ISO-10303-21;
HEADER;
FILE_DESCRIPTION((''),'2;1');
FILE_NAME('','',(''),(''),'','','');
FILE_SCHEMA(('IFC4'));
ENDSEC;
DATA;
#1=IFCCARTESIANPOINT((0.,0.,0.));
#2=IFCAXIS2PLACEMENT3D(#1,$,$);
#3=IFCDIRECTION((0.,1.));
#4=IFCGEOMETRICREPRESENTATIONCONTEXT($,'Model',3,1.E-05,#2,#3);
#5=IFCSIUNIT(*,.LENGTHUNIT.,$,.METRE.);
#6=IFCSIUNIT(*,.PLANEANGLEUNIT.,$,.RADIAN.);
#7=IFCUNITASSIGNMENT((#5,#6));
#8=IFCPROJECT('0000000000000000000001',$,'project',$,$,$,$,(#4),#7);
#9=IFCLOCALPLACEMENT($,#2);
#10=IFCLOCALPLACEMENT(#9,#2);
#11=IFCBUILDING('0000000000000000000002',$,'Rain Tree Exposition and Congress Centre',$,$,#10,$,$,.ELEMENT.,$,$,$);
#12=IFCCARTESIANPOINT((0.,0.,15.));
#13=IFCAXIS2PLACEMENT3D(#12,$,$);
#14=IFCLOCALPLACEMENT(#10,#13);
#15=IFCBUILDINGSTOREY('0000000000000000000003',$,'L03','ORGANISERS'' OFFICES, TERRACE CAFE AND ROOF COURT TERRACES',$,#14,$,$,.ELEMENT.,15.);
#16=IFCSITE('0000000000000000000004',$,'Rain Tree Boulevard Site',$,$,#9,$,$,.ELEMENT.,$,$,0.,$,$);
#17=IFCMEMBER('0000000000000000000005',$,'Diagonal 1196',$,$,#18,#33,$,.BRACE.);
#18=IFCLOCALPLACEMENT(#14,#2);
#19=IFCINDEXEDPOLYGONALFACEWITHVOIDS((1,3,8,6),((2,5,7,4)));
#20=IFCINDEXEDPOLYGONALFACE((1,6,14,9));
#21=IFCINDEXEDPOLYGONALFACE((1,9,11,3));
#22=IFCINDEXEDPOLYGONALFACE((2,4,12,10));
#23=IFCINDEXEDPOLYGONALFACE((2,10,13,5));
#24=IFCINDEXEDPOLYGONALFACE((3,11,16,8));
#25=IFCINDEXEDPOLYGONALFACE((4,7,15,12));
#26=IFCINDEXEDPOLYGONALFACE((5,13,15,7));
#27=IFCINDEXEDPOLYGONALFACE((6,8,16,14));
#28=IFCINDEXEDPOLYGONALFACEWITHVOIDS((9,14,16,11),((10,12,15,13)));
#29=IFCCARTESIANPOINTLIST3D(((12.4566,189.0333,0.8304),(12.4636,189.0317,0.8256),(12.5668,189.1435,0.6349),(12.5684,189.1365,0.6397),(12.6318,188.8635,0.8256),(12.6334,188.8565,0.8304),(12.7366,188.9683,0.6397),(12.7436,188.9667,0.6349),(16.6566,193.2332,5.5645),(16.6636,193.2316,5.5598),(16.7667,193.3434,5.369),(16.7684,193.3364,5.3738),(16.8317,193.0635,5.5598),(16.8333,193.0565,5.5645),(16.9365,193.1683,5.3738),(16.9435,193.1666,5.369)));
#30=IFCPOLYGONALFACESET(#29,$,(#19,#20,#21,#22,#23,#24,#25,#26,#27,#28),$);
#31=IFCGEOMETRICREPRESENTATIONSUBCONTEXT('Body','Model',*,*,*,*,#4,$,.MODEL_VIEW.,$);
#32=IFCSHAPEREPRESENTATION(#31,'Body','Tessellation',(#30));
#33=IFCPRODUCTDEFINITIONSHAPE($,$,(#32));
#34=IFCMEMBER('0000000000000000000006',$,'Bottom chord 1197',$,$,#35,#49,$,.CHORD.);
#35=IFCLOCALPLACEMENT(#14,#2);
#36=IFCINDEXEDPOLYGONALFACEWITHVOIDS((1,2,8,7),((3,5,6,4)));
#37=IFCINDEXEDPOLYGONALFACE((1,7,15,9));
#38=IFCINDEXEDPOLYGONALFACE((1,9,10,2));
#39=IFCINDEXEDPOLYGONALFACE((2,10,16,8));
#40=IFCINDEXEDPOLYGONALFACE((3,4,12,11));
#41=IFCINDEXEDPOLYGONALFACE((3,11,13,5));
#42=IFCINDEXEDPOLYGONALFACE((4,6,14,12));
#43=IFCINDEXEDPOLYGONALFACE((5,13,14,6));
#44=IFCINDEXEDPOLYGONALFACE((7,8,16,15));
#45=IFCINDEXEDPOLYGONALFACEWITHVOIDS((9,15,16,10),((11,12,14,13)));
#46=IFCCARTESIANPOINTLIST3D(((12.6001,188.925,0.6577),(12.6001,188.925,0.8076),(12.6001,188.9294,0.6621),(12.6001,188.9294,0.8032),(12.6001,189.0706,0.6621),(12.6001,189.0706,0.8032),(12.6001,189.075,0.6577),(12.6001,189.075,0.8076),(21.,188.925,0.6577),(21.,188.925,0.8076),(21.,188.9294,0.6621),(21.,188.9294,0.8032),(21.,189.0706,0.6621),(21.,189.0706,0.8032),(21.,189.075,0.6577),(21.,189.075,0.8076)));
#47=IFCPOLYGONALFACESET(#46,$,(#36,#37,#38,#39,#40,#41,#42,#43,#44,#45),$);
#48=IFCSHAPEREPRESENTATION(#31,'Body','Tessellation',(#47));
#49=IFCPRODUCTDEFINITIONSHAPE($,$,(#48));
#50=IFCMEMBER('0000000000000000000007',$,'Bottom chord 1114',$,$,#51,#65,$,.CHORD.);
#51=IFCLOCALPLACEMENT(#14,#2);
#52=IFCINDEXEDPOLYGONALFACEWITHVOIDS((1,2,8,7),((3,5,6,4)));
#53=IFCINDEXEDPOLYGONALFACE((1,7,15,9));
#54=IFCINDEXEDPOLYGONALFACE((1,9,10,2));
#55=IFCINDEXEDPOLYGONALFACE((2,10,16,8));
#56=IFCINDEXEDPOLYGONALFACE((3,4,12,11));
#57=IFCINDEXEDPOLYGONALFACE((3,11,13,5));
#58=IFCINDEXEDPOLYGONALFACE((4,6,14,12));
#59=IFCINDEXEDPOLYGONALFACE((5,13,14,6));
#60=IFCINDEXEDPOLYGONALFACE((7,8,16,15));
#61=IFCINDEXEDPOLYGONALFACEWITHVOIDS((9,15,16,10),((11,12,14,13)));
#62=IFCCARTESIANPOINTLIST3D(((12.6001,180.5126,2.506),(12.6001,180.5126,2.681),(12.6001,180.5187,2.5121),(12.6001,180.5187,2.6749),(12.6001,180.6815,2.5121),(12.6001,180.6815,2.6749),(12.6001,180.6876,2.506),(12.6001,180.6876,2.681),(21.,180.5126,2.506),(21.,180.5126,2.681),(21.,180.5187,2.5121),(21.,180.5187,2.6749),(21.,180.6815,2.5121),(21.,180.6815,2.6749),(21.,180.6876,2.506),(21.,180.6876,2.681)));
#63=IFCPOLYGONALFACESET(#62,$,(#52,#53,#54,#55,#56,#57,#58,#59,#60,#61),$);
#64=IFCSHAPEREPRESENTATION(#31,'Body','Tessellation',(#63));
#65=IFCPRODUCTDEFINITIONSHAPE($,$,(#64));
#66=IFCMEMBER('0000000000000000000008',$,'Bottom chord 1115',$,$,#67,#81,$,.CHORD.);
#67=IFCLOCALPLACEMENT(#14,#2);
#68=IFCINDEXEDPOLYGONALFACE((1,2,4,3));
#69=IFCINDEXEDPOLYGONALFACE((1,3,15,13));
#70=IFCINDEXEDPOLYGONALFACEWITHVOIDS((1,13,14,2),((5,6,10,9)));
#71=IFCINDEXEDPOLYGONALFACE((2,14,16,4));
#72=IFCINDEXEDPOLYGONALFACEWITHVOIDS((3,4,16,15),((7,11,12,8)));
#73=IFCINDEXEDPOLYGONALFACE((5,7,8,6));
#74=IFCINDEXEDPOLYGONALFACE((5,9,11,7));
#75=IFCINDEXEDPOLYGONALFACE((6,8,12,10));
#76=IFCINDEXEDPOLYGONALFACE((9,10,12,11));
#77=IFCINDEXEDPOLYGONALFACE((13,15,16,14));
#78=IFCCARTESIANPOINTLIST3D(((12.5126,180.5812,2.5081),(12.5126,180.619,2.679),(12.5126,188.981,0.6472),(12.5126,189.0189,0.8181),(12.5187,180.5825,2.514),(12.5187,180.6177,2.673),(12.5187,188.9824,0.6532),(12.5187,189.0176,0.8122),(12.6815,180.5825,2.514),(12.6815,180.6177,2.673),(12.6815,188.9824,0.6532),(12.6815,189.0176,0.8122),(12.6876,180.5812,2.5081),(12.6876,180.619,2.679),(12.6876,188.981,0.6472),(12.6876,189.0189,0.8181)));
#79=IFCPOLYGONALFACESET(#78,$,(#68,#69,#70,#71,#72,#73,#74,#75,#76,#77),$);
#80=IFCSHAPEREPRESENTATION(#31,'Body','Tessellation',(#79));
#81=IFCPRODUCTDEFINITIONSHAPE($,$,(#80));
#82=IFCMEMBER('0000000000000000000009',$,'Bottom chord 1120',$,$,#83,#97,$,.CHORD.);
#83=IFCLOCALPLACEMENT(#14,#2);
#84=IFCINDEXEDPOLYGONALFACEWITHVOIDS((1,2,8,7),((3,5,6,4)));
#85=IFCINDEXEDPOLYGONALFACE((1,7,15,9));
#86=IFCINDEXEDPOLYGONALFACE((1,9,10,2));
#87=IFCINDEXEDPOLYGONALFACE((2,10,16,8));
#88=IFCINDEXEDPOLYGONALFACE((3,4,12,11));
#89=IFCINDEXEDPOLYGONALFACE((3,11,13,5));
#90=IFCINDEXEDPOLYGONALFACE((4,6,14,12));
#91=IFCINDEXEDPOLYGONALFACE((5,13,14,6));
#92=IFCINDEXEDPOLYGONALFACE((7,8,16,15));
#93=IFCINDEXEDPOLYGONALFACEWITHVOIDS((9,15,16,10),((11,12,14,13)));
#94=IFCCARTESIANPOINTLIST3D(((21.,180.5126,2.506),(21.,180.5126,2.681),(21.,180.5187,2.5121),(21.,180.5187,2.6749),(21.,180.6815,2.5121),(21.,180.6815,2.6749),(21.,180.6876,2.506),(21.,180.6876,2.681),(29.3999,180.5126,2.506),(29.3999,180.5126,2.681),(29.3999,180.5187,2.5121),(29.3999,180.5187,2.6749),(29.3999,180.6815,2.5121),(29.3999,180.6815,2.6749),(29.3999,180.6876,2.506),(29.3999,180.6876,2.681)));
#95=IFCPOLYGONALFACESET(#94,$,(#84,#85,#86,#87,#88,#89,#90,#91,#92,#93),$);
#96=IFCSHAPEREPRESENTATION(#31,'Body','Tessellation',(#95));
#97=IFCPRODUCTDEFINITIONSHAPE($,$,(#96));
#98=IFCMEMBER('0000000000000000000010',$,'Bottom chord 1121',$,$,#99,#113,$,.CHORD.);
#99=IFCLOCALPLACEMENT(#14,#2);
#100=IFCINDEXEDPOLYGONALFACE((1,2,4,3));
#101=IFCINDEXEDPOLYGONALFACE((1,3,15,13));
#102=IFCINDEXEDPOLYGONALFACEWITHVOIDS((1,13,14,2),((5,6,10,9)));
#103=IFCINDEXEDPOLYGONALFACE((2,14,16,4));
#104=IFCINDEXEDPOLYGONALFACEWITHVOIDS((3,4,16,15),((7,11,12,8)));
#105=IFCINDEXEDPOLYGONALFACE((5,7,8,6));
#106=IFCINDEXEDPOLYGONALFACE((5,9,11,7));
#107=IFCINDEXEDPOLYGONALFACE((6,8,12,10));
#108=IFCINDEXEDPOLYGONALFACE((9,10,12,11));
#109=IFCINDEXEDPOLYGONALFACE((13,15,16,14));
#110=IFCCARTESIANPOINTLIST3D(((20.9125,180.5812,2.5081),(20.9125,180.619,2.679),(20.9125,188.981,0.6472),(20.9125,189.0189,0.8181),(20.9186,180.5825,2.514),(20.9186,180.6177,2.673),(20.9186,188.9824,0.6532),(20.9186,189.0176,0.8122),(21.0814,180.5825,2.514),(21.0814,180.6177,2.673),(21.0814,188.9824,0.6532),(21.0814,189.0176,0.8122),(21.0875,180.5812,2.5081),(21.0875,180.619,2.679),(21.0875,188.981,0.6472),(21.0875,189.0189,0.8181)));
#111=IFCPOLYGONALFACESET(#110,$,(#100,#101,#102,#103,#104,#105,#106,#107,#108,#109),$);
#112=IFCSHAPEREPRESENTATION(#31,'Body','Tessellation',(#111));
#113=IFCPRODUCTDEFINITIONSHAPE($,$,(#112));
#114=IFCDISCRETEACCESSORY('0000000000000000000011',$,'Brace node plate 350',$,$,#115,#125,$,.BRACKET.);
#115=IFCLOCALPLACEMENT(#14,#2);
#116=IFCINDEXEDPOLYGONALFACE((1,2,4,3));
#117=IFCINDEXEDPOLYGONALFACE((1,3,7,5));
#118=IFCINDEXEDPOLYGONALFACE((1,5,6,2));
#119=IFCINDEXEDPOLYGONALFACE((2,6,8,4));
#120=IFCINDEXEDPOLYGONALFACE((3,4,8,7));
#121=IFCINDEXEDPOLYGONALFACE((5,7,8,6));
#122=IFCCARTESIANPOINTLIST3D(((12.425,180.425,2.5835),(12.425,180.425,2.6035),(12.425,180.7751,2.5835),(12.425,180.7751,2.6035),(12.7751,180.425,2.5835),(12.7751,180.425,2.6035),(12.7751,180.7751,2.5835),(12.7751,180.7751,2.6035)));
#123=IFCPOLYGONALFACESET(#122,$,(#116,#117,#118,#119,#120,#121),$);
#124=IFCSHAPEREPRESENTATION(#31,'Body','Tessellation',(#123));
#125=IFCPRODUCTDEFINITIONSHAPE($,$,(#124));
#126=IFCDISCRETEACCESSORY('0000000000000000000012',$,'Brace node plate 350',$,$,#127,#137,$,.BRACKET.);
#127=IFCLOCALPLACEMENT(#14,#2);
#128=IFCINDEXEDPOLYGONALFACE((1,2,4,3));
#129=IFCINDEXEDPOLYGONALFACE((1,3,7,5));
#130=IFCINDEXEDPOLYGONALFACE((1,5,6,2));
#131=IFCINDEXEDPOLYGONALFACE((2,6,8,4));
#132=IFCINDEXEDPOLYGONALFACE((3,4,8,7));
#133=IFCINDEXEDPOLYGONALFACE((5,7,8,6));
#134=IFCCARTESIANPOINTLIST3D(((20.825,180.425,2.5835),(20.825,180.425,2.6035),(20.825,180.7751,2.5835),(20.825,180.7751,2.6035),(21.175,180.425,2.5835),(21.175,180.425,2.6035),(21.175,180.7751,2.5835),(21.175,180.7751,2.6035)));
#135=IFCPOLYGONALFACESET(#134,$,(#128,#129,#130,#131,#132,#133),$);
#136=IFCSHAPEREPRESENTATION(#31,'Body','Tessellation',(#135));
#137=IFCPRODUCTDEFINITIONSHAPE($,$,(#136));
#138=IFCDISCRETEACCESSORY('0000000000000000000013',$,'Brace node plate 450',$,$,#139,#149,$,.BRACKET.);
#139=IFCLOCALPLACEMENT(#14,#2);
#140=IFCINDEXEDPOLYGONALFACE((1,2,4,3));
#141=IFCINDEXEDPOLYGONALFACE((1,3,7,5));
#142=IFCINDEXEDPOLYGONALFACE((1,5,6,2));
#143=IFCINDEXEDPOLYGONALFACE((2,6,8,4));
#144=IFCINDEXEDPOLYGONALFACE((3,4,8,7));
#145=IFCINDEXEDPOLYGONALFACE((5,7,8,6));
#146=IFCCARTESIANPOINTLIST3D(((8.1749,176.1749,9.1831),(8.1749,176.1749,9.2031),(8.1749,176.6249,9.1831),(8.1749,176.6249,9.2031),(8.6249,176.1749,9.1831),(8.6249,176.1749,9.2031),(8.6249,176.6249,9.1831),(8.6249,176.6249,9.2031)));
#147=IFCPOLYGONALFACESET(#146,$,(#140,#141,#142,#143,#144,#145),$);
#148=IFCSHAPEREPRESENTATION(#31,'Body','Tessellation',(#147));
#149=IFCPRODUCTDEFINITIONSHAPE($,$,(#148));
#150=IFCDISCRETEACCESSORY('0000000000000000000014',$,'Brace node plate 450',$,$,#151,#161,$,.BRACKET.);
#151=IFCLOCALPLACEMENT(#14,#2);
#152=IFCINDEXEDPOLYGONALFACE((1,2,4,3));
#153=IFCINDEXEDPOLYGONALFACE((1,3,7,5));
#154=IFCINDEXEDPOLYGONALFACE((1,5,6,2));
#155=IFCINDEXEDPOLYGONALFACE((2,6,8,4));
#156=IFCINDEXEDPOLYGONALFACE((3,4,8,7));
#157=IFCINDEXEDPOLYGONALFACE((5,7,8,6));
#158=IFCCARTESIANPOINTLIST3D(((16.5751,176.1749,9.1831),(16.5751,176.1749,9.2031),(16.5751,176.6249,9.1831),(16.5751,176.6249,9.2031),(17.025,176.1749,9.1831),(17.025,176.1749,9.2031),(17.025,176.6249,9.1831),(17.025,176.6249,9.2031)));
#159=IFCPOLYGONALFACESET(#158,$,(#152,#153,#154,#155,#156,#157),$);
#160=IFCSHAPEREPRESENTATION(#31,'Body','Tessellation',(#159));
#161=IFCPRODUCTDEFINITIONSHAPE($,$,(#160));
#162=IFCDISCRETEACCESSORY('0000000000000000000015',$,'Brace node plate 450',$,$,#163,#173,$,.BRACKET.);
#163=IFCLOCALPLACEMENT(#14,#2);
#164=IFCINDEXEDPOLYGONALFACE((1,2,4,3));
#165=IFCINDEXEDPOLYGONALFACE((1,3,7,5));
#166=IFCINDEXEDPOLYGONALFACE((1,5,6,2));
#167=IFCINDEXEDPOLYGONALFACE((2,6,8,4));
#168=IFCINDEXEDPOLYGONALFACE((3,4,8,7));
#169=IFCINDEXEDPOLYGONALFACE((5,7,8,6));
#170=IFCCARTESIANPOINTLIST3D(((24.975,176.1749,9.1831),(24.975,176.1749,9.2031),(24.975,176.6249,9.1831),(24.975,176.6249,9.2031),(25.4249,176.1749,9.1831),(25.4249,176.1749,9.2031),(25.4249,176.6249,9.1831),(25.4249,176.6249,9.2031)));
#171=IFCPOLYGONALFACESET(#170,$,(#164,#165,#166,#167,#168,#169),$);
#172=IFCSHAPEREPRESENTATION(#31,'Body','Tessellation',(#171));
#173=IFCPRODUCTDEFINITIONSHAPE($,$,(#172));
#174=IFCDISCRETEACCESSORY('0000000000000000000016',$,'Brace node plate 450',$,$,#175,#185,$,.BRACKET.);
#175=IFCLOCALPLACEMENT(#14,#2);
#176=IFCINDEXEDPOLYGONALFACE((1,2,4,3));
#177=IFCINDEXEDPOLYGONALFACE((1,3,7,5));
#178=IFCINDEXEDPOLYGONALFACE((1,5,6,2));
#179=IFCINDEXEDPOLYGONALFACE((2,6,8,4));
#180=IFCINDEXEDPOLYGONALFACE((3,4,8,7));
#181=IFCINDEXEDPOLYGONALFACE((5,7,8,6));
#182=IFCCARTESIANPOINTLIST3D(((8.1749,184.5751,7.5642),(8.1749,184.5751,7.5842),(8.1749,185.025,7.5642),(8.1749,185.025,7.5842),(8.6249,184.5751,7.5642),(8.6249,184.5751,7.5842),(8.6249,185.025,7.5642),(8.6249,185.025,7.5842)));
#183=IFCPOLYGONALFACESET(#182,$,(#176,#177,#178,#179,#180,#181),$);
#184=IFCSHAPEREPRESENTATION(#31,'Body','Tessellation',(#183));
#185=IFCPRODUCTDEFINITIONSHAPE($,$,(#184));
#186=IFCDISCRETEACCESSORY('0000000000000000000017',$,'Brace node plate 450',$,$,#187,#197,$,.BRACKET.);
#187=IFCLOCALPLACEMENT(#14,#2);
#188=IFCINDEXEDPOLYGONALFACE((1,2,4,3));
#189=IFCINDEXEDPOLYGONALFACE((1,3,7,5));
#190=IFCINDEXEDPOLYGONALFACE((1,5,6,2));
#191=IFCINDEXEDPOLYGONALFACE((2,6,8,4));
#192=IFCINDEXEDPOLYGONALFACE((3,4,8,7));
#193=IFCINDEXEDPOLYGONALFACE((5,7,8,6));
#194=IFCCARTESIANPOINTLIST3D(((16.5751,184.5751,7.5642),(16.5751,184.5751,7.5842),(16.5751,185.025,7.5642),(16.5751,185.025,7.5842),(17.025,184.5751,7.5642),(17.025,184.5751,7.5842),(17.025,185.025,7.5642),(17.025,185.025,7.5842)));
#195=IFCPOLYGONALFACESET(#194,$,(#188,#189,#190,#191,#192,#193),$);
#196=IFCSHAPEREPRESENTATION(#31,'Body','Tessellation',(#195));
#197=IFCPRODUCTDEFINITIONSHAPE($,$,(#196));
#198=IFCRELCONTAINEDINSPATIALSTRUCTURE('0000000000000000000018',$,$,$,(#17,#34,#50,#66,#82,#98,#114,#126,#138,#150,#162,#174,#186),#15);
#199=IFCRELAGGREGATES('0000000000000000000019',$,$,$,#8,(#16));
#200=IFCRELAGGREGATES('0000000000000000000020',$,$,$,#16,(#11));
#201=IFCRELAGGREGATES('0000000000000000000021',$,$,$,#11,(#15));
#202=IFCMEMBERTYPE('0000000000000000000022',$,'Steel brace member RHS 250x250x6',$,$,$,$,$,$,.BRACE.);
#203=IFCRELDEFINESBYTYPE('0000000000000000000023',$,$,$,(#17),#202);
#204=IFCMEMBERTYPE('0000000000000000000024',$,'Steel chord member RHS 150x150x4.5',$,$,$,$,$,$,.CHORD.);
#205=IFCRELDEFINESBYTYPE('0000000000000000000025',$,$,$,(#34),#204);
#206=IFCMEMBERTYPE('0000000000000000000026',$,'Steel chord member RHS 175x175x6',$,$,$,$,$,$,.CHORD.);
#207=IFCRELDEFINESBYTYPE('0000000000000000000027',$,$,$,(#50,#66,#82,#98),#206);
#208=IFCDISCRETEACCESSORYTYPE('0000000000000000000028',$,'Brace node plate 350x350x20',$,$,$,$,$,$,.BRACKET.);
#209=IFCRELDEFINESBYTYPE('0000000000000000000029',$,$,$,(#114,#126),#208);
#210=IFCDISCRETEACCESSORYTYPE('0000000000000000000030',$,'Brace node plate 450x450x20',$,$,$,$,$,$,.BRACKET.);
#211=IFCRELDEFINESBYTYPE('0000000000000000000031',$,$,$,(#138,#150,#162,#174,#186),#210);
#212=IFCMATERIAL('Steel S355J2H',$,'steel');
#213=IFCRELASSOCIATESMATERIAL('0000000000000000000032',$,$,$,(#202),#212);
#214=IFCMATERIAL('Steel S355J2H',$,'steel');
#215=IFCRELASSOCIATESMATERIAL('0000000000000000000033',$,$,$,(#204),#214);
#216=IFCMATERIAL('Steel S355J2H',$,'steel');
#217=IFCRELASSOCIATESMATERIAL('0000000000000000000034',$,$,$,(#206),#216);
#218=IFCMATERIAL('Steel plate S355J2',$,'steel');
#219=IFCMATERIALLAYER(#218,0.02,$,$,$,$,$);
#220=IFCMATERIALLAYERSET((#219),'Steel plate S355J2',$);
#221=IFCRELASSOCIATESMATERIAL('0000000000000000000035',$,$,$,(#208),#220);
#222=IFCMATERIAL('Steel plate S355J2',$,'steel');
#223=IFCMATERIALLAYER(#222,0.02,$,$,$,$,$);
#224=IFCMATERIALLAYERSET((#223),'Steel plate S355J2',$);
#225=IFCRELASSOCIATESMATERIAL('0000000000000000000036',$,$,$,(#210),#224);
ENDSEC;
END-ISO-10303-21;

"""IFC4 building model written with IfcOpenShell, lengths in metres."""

from ifc_helpers import new_model, si_unit, direction, frame, origin, origin_2d, place, context, subcontext, project, spatial, rectangle, hollow_rectangle, extrude, material, layer, layer_set, material_profile, profile_set, type_object, element, save


model = new_model("IFC4")

# Units and contexts
model_context = context("Model", 3, precision=1e-05, world=origin(), true_north=direction((0.0, 1.0)))
body_context = subcontext(model_context, "Body", "Model", "MODEL_VIEW")
ifc_project = project(units=[si_unit("LENGTHUNIT", "METRE"), si_unit("PLANEANGLEUNIT", "RADIAN")], contexts=[model_context])

# Site, building, storey
site_placement = place(None, origin())
site = spatial("IfcSite", under=ifc_project, at=site_placement, Name="Rain Tree Boulevard Site", CompositionType="ELEMENT", RefElevation=0.0)
building_placement = place(site_placement, origin())
building = spatial("IfcBuilding", under=site, at=building_placement, Name="Rain Tree Exposition and Congress Centre", CompositionType="ELEMENT")
storey_placement = place(building_placement, frame((0.0, 0.0, 15.0)))
storey = spatial("IfcBuildingStorey", under=building, at=storey_placement, Name="L03", Description="ORGANISERS' OFFICES, TERRACE CAFE AND ROOF COURT TERRACES", CompositionType="ELEMENT", Elevation=15.0)

# Members
ifc_material_1 = material(Name="Steel S355J2H", Category="steel")
ifc_material_profile_1 = material_profile(ifc_material_1, hollow_rectangle(XDim=0.25, YDim=0.25, WallThickness=0.0061, at=origin_2d()), Name="RHS 250x250x6")
ifc_profile_set_1 = profile_set([ifc_material_profile_1], Name="Steel S355J2H")
member_type_1 = type_object("IfcMemberType", Name="Steel brace member RHS 250x250x6", PredefinedType="BRACE", material=ifc_profile_set_1)
member_1_placement = place(storey_placement, frame((12.6001, 189.0, 0.7327), z_axis=(0.552955, 0.552955, 0.623283), x_axis=(-0.707107, 0.707107, 0.0)))
element("IfcMember", 1, at=member_1_placement, inside=storey, type_object=member_type_1, Name="Diagonal 1196", PredefinedType="BRACE", context=body_context, shape_type="SweptSolid", body=[
    extrude(hollow_rectangle(XDim=0.25, YDim=0.25, WallThickness=0.0061, at=origin_2d()), origin(), (0.0, 0.0, 1.0), 7.5955),
])
ifc_material_2 = material(Name="Steel S355J2H", Category="steel")
ifc_material_profile_2 = material_profile(ifc_material_2, hollow_rectangle(XDim=0.1499, YDim=0.1499, WallThickness=0.0044, at=origin_2d()), Name="RHS 150x150x4.5")
ifc_profile_set_2 = profile_set([ifc_material_profile_2], Name="Steel S355J2H")
member_type_2 = type_object("IfcMemberType", Name="Steel chord member RHS 150x150x4.5", PredefinedType="CHORD", material=ifc_profile_set_2)
member_2_placement = place(storey_placement, frame((12.6001, 189.0, 0.7327), z_axis=(1.0, 0.0, 0.0), x_axis=(0.0, 1.0, 0.0)))
element("IfcMember", 2, at=member_2_placement, inside=storey, type_object=member_type_2, Name="Bottom chord 1197", PredefinedType="CHORD", context=body_context, shape_type="SweptSolid", body=[
    extrude(hollow_rectangle(XDim=0.1499, YDim=0.1499, WallThickness=0.0044, at=origin_2d()), origin(), (0.0, 0.0, 1.0), 8.3999),
])
ifc_material_3 = material(Name="Steel S355J2H", Category="steel")
ifc_material_profile_3 = material_profile(ifc_material_3, hollow_rectangle(XDim=0.175, YDim=0.175, WallThickness=0.0061, at=origin_2d()), Name="RHS 175x175x6")
ifc_profile_set_3 = profile_set([ifc_material_profile_3], Name="Steel S355J2H")
member_type_3 = type_object("IfcMemberType", Name="Steel chord member RHS 175x175x6", PredefinedType="CHORD", material=ifc_profile_set_3)
member_3_placement = place(storey_placement, frame((12.6001, 180.6001, 2.5935), z_axis=(1.0, 0.0, 0.0), x_axis=(0.0, 1.0, 0.0)))
element("IfcMember", 3, at=member_3_placement, inside=storey, type_object=member_type_3, Name="Bottom chord 1114", PredefinedType="CHORD", context=body_context, shape_type="SweptSolid", body=[
    extrude(hollow_rectangle(XDim=0.175, YDim=0.175, WallThickness=0.0061, at=origin_2d()), origin(), (0.0, 0.0, 1.0), 8.3999),
])
member_4_placement = place(storey_placement, frame((12.6001, 180.6001, 2.5935), z_axis=(0.0, 0.97633, -0.216287), x_axis=(-1.0, 0.0, 0.0)))
element("IfcMember", 4, at=member_4_placement, inside=storey, type_object=member_type_3, Name="Bottom chord 1115", PredefinedType="CHORD", context=body_context, shape_type="SweptSolid", body=[
    extrude(hollow_rectangle(XDim=0.175, YDim=0.175, WallThickness=0.0061, at=origin_2d()), origin(), (0.0, 0.0, 1.0), 8.6035),
])
member_5_placement = place(storey_placement, frame((21.0, 180.6001, 2.5935), z_axis=(1.0, 0.0, 0.0), x_axis=(0.0, 1.0, 0.0)))
element("IfcMember", 5, at=member_5_placement, inside=storey, type_object=member_type_3, Name="Bottom chord 1120", PredefinedType="CHORD", context=body_context, shape_type="SweptSolid", body=[
    extrude(hollow_rectangle(XDim=0.175, YDim=0.175, WallThickness=0.0061, at=origin_2d()), origin(), (0.0, 0.0, 1.0), 8.3999),
])
member_6_placement = place(storey_placement, frame((21.0, 180.6001, 2.5935), z_axis=(0.0, 0.97633, -0.216287), x_axis=(-1.0, 0.0, 0.0)))
element("IfcMember", 6, at=member_6_placement, inside=storey, type_object=member_type_3, Name="Bottom chord 1121", PredefinedType="CHORD", context=body_context, shape_type="SweptSolid", body=[
    extrude(hollow_rectangle(XDim=0.175, YDim=0.175, WallThickness=0.0061, at=origin_2d()), origin(), (0.0, 0.0, 1.0), 8.6035),
])

# Discrete accessories
ifc_material_4 = material(Name="Steel plate S355J2", Category="steel")
ifc_layer_1 = layer(ifc_material_4, 0.02)
ifc_layer_set_1 = layer_set([ifc_layer_1], Name="Steel plate S355J2")
discrete_accessory_type_1 = type_object("IfcDiscreteAccessoryType", Name="Brace node plate 350x350x20", PredefinedType="BRACKET", material=ifc_layer_set_1)
for number, where, z_axis, x_axis, name in (
    (7, (12.6001, 180.6001, 2.5835), (0.0, 0.0, 1.0), (1.0, 0.0, 0.0), "Brace node plate 350"),
    (8, (21.0, 180.6001, 2.5835), (0.0, 0.0, 1.0), (1.0, 0.0, 0.0), "Brace node plate 350"),
):
    element("IfcDiscreteAccessory", number, at=place(storey_placement, frame(where, z_axis=z_axis, x_axis=x_axis)), inside=storey, type_object=discrete_accessory_type_1, Name=name, PredefinedType="BRACKET", context=body_context, shape_type="SweptSolid", body=[
        extrude(rectangle(XDim=0.3501, YDim=0.3501, at=origin_2d()), origin(), (0.0, 0.0, 1.0), 0.02),
    ])
ifc_material_5 = material(Name="Steel plate S355J2", Category="steel")
ifc_layer_2 = layer(ifc_material_5, 0.02)
ifc_layer_set_2 = layer_set([ifc_layer_2], Name="Steel plate S355J2")
discrete_accessory_type_2 = type_object("IfcDiscreteAccessoryType", Name="Brace node plate 450x450x20", PredefinedType="BRACKET", material=ifc_layer_set_2)
for number, where, z_axis, x_axis, name in (
    (9, (8.3999, 176.3999, 9.1831), (0.0, 0.0, 1.0), (1.0, 0.0, 0.0), "Brace node plate 450"),
    (10, (16.8, 176.3999, 9.1831), (0.0, 0.0, 1.0), (1.0, 0.0, 0.0), "Brace node plate 450"),
    (11, (25.2, 176.3999, 9.1831), (0.0, 0.0, 1.0), (1.0, 0.0, 0.0), "Brace node plate 450"),
    (12, (8.3999, 184.8, 7.5642), (0.0, 0.0, 1.0), (1.0, 0.0, 0.0), "Brace node plate 450"),
    (13, (16.8, 184.8, 7.5642), (0.0, 0.0, 1.0), (1.0, 0.0, 0.0), "Brace node plate 450"),
):
    element("IfcDiscreteAccessory", number, at=place(storey_placement, frame(where, z_axis=z_axis, x_axis=x_axis)), inside=storey, type_object=discrete_accessory_type_2, Name=name, PredefinedType="BRACKET", context=body_context, shape_type="SweptSolid", body=[
        extrude(rectangle(XDim=0.45, YDim=0.45, at=origin_2d()), origin(), (0.0, 0.0, 1.0), 0.02),
    ])

save(model, "model.ifc")
